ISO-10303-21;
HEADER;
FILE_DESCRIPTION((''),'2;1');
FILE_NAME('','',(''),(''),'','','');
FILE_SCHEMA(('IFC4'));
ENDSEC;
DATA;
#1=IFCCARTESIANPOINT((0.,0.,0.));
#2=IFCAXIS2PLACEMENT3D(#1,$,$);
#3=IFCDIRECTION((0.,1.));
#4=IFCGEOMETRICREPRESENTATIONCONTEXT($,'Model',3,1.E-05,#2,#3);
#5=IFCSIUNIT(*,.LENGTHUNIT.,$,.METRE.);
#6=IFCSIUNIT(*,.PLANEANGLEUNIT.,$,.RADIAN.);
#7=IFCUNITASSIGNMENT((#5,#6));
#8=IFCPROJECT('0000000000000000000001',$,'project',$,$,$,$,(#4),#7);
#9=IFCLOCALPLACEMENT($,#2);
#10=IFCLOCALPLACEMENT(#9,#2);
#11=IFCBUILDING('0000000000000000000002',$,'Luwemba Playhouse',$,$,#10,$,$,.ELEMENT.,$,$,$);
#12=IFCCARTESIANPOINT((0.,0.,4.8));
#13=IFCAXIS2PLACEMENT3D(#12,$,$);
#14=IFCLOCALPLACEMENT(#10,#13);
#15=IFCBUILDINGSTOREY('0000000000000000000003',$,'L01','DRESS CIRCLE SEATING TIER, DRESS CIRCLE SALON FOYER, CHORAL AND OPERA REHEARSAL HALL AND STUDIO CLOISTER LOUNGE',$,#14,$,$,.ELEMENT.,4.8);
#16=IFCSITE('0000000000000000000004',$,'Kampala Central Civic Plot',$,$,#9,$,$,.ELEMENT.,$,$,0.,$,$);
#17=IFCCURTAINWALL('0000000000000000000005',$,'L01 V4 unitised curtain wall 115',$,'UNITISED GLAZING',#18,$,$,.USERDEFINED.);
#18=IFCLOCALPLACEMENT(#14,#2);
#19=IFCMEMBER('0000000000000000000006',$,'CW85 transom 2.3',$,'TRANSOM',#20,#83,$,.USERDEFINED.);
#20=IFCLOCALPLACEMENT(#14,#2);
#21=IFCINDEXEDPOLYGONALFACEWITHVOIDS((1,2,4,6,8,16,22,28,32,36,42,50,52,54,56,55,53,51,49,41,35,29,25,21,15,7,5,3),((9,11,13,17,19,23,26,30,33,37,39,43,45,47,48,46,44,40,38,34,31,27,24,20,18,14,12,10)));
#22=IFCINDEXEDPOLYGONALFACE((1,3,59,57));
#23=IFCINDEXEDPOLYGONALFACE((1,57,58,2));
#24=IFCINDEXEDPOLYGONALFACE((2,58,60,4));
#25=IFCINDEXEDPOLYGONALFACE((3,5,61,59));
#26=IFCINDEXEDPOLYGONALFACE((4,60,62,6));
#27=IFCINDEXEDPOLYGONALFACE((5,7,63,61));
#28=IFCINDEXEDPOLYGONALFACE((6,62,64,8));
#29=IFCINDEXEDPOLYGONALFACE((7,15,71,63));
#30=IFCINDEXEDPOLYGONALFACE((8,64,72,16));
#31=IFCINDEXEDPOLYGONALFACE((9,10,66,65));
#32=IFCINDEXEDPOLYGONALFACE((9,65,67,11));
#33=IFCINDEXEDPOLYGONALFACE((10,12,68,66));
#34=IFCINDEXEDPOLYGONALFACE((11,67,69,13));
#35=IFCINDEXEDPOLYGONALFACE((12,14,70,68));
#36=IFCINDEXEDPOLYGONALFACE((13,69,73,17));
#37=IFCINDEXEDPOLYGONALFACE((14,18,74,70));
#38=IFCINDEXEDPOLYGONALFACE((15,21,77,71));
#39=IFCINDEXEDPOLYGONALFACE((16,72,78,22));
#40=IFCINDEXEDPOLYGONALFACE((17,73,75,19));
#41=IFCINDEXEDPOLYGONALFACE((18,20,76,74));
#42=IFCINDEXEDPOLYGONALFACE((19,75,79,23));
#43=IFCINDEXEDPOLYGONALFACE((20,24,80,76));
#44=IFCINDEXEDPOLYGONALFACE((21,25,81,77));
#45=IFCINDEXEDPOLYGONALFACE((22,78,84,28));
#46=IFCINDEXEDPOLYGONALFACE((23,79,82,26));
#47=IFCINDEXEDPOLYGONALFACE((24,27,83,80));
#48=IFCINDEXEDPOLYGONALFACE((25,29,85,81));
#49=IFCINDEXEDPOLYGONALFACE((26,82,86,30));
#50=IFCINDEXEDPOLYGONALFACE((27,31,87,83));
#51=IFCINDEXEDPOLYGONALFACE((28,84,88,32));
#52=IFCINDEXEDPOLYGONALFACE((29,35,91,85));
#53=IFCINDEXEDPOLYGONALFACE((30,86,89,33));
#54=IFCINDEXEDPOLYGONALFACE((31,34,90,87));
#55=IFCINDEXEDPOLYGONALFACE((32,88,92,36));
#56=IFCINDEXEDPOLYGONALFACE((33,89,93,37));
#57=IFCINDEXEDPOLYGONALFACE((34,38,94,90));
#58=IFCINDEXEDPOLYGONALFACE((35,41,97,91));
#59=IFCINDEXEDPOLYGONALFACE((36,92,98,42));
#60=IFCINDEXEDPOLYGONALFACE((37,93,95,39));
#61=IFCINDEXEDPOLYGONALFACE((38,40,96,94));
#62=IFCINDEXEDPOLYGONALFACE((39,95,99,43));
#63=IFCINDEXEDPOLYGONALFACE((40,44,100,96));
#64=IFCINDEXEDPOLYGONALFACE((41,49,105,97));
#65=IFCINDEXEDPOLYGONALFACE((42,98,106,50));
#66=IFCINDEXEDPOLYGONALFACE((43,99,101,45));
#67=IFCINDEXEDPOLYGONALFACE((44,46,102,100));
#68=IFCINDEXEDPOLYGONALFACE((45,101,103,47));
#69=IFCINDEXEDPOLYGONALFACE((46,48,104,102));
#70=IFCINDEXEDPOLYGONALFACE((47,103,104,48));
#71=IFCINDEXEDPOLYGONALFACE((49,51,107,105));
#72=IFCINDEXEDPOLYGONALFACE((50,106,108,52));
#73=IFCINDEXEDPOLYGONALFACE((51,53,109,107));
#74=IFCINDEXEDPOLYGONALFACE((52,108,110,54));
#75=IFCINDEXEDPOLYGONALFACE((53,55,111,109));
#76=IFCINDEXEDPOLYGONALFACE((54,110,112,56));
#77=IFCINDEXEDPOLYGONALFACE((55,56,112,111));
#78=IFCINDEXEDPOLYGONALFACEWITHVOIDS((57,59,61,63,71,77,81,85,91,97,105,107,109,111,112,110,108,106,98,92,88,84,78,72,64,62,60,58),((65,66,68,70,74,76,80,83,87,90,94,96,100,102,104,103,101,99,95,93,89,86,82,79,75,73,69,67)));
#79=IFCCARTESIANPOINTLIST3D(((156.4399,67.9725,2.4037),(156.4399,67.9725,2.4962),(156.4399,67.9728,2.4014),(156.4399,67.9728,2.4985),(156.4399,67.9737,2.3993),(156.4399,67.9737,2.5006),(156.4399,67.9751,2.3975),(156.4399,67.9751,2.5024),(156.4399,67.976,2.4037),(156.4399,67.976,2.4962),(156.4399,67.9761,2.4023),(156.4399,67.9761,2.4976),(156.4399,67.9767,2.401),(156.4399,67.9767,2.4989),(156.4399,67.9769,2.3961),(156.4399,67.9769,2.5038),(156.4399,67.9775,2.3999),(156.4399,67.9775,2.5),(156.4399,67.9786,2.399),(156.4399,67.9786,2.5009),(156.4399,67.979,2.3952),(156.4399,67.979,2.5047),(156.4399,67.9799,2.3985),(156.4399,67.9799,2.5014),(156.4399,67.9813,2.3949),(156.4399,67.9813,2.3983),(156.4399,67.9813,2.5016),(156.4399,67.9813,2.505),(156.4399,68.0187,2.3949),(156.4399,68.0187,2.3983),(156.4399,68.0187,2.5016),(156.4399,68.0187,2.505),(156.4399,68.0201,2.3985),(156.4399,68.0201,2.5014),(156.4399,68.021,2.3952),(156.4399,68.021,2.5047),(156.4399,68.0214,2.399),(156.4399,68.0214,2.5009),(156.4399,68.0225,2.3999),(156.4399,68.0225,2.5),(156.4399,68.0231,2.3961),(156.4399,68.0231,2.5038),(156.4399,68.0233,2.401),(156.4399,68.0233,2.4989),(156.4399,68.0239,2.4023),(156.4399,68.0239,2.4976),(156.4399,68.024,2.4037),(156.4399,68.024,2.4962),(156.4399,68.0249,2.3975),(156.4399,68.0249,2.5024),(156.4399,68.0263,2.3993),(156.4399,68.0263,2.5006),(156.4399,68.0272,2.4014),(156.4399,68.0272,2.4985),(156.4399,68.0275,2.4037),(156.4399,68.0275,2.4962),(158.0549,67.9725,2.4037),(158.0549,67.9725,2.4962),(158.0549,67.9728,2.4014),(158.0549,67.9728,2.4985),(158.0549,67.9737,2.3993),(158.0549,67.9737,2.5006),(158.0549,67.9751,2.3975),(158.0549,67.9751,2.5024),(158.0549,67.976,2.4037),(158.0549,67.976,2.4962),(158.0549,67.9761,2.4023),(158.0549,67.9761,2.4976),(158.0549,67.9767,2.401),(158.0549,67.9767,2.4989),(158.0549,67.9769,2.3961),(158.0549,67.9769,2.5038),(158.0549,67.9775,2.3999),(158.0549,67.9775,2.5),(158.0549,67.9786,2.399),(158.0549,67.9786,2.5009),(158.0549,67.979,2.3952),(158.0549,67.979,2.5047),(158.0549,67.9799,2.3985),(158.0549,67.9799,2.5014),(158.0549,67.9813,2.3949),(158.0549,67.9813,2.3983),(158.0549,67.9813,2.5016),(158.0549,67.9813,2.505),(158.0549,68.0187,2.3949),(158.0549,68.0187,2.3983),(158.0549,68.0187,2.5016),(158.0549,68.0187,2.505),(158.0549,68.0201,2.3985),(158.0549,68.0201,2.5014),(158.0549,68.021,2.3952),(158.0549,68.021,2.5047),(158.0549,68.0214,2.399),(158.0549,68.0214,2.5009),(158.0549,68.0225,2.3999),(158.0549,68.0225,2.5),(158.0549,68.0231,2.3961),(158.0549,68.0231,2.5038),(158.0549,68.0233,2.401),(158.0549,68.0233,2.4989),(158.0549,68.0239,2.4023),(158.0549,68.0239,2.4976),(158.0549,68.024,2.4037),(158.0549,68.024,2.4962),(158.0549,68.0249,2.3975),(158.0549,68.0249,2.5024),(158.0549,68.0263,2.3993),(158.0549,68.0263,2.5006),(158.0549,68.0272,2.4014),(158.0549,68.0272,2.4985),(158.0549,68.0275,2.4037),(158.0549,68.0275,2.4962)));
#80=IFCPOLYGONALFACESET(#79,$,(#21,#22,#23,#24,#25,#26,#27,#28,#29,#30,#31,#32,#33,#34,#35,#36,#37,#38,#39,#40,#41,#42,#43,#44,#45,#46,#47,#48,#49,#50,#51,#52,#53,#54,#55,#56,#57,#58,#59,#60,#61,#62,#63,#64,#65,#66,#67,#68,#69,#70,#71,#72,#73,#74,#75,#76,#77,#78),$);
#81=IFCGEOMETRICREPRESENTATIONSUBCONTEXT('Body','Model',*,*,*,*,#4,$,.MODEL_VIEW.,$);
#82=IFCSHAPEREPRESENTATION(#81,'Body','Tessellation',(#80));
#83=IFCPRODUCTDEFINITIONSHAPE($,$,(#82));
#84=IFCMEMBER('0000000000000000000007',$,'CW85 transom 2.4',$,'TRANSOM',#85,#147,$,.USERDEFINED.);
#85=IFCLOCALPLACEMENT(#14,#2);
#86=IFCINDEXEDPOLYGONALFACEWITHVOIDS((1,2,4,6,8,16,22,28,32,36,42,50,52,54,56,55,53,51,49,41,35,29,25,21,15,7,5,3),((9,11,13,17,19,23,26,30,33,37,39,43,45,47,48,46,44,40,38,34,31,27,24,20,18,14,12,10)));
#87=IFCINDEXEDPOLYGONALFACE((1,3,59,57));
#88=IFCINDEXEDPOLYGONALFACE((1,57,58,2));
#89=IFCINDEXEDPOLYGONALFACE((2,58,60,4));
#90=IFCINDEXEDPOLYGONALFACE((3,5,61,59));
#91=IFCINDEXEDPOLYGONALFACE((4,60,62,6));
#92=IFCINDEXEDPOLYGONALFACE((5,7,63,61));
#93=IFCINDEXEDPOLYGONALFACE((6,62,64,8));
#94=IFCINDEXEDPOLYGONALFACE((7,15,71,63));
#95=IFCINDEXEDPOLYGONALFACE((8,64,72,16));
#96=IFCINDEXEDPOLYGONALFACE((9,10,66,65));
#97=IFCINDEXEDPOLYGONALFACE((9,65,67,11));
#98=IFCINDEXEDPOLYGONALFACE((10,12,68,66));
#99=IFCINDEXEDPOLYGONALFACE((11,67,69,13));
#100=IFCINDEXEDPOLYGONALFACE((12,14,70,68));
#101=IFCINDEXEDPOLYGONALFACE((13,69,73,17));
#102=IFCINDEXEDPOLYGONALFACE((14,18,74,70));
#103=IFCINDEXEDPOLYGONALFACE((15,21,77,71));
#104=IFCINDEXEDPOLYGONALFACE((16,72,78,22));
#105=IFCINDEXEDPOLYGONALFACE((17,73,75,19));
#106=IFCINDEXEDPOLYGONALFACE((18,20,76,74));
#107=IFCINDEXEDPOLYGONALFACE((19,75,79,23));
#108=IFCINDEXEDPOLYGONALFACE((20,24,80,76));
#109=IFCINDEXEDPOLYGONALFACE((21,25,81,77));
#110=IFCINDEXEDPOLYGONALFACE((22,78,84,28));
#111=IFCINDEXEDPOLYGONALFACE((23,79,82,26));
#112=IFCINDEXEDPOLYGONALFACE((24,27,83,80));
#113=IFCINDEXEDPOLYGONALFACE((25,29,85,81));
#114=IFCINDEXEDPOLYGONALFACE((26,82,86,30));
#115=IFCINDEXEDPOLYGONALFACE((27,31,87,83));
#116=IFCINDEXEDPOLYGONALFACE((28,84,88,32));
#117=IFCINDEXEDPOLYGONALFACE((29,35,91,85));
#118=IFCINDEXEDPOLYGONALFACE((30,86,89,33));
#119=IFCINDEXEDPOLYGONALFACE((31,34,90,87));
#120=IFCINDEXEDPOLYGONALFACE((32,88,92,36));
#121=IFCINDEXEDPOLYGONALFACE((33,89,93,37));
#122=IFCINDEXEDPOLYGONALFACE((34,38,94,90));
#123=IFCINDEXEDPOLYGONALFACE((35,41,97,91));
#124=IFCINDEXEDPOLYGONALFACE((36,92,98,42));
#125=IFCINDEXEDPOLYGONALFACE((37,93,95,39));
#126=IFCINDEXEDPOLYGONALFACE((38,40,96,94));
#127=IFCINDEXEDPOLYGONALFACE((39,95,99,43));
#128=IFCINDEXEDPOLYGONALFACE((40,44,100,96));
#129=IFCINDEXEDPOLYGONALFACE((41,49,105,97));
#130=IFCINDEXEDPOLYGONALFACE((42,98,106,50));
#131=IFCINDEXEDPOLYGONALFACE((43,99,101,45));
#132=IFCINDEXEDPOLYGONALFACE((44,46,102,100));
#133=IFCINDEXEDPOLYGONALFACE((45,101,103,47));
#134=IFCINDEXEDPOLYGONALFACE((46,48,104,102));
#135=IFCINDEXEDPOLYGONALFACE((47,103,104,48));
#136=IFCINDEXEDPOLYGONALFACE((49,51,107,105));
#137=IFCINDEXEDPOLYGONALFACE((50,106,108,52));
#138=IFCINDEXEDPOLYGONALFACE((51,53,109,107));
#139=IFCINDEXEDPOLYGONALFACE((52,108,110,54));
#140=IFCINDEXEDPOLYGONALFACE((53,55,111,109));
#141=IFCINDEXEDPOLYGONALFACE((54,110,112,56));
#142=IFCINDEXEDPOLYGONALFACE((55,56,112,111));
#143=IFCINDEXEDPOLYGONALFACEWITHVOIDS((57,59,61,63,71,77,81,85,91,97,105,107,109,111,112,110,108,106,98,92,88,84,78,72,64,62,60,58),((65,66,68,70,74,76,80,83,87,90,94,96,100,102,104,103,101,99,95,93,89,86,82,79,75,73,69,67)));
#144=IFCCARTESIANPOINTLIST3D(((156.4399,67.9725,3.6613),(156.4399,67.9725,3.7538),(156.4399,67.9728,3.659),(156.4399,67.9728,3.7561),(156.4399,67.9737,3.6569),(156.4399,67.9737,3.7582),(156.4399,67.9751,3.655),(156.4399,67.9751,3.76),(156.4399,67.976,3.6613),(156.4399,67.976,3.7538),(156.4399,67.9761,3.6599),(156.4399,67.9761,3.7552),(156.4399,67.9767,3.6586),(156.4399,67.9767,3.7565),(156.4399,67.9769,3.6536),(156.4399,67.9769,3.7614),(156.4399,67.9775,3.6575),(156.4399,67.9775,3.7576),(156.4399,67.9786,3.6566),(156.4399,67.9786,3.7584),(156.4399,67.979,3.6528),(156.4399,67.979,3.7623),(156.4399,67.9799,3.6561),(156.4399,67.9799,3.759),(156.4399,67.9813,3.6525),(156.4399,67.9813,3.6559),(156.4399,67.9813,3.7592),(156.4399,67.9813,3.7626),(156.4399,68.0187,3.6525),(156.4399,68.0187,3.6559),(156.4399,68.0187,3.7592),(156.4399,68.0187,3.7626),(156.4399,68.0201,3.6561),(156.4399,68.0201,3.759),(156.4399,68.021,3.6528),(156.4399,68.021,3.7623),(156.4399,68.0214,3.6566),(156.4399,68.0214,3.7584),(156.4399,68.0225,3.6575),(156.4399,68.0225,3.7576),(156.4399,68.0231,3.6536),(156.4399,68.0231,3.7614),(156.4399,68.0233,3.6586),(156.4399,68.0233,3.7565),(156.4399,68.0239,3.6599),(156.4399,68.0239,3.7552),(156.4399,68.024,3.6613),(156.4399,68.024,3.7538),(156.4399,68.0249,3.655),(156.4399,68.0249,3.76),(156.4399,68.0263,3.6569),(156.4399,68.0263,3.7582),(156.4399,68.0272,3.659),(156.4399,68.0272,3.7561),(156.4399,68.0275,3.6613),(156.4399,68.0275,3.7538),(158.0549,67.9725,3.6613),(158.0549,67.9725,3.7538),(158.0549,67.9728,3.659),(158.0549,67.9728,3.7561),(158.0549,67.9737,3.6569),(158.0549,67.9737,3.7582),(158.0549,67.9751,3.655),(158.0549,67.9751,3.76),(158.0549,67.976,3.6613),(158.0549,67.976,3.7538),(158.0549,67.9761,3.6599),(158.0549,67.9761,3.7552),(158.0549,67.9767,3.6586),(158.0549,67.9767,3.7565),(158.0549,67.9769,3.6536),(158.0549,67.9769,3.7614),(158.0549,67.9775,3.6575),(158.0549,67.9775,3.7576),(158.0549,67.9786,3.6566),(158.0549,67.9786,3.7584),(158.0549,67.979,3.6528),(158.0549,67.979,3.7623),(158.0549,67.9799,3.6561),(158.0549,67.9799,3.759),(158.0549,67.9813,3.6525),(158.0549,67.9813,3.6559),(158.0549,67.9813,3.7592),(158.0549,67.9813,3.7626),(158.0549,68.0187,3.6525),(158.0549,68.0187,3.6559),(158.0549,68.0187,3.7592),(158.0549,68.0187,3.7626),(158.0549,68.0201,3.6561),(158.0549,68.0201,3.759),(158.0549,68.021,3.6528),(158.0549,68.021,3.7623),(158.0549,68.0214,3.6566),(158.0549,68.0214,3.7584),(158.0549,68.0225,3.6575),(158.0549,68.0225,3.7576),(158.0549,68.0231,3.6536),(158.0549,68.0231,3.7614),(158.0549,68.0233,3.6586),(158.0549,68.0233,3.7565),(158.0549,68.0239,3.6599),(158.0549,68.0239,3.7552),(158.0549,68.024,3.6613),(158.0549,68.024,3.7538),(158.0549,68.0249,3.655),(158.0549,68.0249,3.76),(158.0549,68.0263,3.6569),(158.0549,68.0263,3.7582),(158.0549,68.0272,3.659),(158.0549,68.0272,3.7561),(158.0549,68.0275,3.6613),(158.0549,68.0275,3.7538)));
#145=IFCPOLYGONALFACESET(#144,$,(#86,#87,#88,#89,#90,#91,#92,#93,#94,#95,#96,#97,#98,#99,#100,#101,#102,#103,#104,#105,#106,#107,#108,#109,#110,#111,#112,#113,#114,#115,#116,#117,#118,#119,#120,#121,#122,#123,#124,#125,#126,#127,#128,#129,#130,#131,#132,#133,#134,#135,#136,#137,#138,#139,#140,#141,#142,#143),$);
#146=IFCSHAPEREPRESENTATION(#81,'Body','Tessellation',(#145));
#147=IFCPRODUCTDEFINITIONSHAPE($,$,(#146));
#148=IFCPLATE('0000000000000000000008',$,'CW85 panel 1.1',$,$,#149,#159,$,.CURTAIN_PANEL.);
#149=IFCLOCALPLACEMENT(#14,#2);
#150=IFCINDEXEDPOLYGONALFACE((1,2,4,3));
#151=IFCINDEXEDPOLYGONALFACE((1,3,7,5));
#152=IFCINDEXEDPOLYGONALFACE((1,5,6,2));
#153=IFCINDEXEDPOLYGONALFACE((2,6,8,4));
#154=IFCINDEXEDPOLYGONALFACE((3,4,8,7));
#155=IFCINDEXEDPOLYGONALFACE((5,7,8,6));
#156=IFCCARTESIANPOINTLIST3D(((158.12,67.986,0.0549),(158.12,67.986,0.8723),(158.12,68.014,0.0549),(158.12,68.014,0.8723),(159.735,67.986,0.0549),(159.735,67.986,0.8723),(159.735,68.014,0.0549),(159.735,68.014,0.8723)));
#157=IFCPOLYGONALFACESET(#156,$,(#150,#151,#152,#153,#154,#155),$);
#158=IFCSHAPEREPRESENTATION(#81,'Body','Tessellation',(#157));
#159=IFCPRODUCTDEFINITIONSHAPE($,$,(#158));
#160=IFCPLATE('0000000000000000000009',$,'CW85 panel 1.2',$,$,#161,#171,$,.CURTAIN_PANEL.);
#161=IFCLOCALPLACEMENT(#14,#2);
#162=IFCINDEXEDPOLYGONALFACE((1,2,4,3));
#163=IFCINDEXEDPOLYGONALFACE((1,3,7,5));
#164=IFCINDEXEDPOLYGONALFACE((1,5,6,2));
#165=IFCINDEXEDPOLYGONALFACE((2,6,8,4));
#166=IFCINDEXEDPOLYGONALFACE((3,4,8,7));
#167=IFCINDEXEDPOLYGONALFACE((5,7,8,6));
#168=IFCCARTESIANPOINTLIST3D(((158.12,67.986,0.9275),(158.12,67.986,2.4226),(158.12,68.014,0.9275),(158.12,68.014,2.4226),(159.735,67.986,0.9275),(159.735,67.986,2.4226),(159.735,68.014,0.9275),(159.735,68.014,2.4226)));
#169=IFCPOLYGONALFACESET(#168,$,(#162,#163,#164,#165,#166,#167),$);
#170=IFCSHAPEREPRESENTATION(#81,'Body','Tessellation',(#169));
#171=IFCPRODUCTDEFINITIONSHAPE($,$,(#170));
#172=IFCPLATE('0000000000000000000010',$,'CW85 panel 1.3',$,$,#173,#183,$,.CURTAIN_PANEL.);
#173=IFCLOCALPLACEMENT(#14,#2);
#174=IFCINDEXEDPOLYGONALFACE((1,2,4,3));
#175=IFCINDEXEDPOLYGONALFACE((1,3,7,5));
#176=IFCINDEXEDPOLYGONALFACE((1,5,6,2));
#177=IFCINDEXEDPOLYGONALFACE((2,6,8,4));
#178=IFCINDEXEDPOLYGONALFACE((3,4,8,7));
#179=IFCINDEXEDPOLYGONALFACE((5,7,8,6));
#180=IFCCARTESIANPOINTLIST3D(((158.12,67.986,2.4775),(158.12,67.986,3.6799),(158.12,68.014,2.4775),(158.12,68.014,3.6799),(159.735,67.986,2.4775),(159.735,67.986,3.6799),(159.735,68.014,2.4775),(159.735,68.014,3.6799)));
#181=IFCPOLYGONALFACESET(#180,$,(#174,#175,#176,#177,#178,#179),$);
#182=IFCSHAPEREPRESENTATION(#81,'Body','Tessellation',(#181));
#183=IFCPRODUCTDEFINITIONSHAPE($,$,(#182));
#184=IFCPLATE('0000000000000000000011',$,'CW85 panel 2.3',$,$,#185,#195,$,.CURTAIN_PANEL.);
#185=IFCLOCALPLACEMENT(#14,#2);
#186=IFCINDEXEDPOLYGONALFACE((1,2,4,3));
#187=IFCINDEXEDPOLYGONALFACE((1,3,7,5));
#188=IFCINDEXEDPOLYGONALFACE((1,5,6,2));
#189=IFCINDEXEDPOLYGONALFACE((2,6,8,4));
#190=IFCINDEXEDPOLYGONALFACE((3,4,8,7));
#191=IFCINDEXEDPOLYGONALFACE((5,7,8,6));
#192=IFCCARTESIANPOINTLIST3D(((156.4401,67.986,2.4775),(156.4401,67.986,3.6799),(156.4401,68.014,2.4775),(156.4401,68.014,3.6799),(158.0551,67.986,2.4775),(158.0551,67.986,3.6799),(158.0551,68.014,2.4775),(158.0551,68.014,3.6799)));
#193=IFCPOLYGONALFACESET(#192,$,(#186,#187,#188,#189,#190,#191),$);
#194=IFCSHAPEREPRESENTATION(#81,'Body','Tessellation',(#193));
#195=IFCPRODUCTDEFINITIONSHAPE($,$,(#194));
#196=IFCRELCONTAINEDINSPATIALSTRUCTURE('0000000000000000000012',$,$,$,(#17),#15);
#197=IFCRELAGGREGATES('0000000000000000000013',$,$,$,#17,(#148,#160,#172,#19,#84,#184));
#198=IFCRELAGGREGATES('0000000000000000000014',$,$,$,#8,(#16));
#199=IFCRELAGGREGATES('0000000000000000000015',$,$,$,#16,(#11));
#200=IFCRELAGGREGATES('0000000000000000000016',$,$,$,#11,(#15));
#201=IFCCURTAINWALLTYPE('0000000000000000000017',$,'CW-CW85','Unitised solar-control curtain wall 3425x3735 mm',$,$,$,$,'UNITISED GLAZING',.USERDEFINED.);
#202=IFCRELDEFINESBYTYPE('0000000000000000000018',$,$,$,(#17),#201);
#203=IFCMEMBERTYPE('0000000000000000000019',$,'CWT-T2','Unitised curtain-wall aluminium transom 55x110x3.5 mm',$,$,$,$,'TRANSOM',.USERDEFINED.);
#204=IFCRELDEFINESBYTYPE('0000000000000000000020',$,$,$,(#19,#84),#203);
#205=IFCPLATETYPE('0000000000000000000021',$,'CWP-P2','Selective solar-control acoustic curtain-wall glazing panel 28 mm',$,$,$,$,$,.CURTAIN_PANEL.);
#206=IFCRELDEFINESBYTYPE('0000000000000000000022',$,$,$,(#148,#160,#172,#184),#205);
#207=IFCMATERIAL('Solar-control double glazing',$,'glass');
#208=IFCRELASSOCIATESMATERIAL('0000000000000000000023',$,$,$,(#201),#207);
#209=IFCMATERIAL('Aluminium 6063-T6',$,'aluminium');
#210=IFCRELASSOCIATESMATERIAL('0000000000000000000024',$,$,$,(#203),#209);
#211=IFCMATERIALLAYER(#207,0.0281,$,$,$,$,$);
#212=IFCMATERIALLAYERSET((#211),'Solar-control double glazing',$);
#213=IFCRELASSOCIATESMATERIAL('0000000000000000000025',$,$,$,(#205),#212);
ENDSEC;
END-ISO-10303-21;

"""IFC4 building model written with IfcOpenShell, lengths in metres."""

from ifc_helpers import new_model, si_unit, direction, frame, origin, origin_2d, place, context, subcontext, project, spatial, rectangle, hollow_rectangle, extrude, material, layer, layer_set, material_profile, profile_set, type_object, element, aggregate, save


model = new_model("IFC4")

# Units and contexts
model_context = context("Model", 3, precision=1e-05, world=origin(), true_north=direction((0.0, 1.0)))
body_context = subcontext(model_context, "Body", "Model", "MODEL_VIEW")
ifc_project = project(units=[si_unit("LENGTHUNIT", "METRE"), si_unit("PLANEANGLEUNIT", "RADIAN")], contexts=[model_context])

# Site, building, storey
site_placement = place(None, origin())
site = spatial("IfcSite", under=ifc_project, at=site_placement, Name="Kampala Central Civic Plot", CompositionType="ELEMENT", RefElevation=0.0)
building_placement = place(site_placement, origin())
building = spatial("IfcBuilding", under=site, at=building_placement, Name="Luwemba Playhouse", CompositionType="ELEMENT")
storey_placement = place(building_placement, frame((0.0, 0.0, 4.8)))
storey = spatial("IfcBuildingStorey", under=building, at=storey_placement, Name="L01", Description="DRESS CIRCLE SEATING TIER, DRESS CIRCLE SALON FOYER, CHORAL AND OPERA REHEARSAL HALL AND STUDIO CLOISTER LOUNGE", CompositionType="ELEMENT", Elevation=4.8)

# Curtain wall, members, plates
ifc_material_1 = material(Name="Solar-control double glazing", Category="glass")
curtain_wall_type = type_object("IfcCurtainWallType", Name="CW-CW85", Description="Unitised solar-control curtain wall 3425x3735 mm", ElementType="UNITISED GLAZING", PredefinedType="USERDEFINED", material=ifc_material_1)
curtain_wall_placement = place(storey_placement, origin())
curtain_wall = element("IfcCurtainWall", 1, at=curtain_wall_placement, inside=storey, type_object=curtain_wall_type, Name="L01 V4 unitised curtain wall 115", ObjectType="UNITISED GLAZING", PredefinedType="USERDEFINED")
ifc_material_2 = material(Name="Aluminium 6063-T6", Category="aluminium")
ifc_material_profile_1 = material_profile(ifc_material_2, hollow_rectangle(XDim=0.0549, YDim=0.1101, WallThickness=0.0034, InnerFilletRadius=0.0054, OuterFilletRadius=0.0088, at=origin_2d()))
ifc_profile_set_1 = profile_set([ifc_material_profile_1], Name="Aluminium 6063-T6")
member_type_1 = type_object("IfcMemberType", Name="CWT-T2", Description="Unitised curtain-wall aluminium transom 55x110x3.5 mm", ElementType="TRANSOM", PredefinedType="USERDEFINED", material=ifc_profile_set_1)
member_1_placement = place(storey_placement, frame((158.0549, 68.0, 2.45), z_axis=(-1.0, 0.0, 0.0), x_axis=(0.0, -1.0, 0.0)))
member_1 = element("IfcMember", 2, at=member_1_placement, type_object=member_type_1, Name="CW85 transom 2.3", ObjectType="TRANSOM", PredefinedType="USERDEFINED", context=body_context, shape_type="SweptSolid", body=[
    extrude(hollow_rectangle(XDim=0.0549, YDim=0.1101, WallThickness=0.0034, InnerFilletRadius=0.0054, OuterFilletRadius=0.0088, at=origin_2d()), origin(), (0.0, 0.0, 1.0), 1.615),
])
member_2_placement = place(storey_placement, frame((158.0549, 68.0, 3.7075), z_axis=(-1.0, 0.0, 0.0), x_axis=(0.0, -1.0, 0.0)))
member_2 = element("IfcMember", 3, at=member_2_placement, type_object=member_type_1, Name="CW85 transom 2.4", ObjectType="TRANSOM", PredefinedType="USERDEFINED", context=body_context, shape_type="SweptSolid", body=[
    extrude(hollow_rectangle(XDim=0.0549, YDim=0.1101, WallThickness=0.0034, InnerFilletRadius=0.0054, OuterFilletRadius=0.0088, at=origin_2d()), origin(), (0.0, 0.0, 1.0), 1.615),
])
ifc_layer_1 = layer(ifc_material_1, 0.0281)
ifc_layer_set_1 = layer_set([ifc_layer_1], Name="Solar-control double glazing")
plate_type = type_object("IfcPlateType", Name="CWP-P2", Description="Selective solar-control acoustic curtain-wall glazing panel 28 mm", PredefinedType="CURTAIN_PANEL", material=ifc_layer_set_1)
plate_1_placement = place(storey_placement, frame((158.9275, 68.0, 0.0549), z_axis=(0.0, 0.0, 1.0), x_axis=(-1.0, 0.0, 0.0)))
plate_1 = element("IfcPlate", 4, at=plate_1_placement, type_object=plate_type, Name="CW85 panel 1.1", PredefinedType="CURTAIN_PANEL", context=body_context, shape_type="SweptSolid", body=[
    extrude(rectangle(XDim=1.615, YDim=0.0281, at=origin_2d()), origin(), (0.0, 0.0, 1.0), 0.8174),
])
plate_2_placement = place(storey_placement, frame((158.9275, 68.0, 0.9275), z_axis=(0.0, 0.0, 1.0), x_axis=(-1.0, 0.0, 0.0)))
plate_2 = element("IfcPlate", 5, at=plate_2_placement, type_object=plate_type, Name="CW85 panel 1.2", PredefinedType="CURTAIN_PANEL", context=body_context, shape_type="SweptSolid", body=[
    extrude(rectangle(XDim=1.615, YDim=0.0281, at=origin_2d()), origin(), (0.0, 0.0, 1.0), 1.4951),
])
plate_3_placement = place(storey_placement, frame((158.9275, 68.0, 2.4775), z_axis=(0.0, 0.0, 1.0), x_axis=(-1.0, 0.0, 0.0)))
plate_3 = element("IfcPlate", 6, at=plate_3_placement, type_object=plate_type, Name="CW85 panel 1.3", PredefinedType="CURTAIN_PANEL", context=body_context, shape_type="SweptSolid", body=[
    extrude(rectangle(XDim=1.615, YDim=0.0281, at=origin_2d()), origin(), (0.0, 0.0, 1.0), 1.2024),
])
plate_4_placement = place(storey_placement, frame((157.2476, 68.0, 2.4775), z_axis=(0.0, 0.0, 1.0), x_axis=(-1.0, 0.0, 0.0)))
plate_4 = element("IfcPlate", 7, at=plate_4_placement, type_object=plate_type, Name="CW85 panel 2.3", PredefinedType="CURTAIN_PANEL", context=body_context, shape_type="SweptSolid", body=[
    extrude(rectangle(XDim=1.615, YDim=0.0281, at=origin_2d()), origin(), (0.0, 0.0, 1.0), 1.2024),
])
aggregate(curtain_wall, [plate_1, plate_2, plate_3, member_1, member_2, plate_4])

save(model, "model.ifc")
